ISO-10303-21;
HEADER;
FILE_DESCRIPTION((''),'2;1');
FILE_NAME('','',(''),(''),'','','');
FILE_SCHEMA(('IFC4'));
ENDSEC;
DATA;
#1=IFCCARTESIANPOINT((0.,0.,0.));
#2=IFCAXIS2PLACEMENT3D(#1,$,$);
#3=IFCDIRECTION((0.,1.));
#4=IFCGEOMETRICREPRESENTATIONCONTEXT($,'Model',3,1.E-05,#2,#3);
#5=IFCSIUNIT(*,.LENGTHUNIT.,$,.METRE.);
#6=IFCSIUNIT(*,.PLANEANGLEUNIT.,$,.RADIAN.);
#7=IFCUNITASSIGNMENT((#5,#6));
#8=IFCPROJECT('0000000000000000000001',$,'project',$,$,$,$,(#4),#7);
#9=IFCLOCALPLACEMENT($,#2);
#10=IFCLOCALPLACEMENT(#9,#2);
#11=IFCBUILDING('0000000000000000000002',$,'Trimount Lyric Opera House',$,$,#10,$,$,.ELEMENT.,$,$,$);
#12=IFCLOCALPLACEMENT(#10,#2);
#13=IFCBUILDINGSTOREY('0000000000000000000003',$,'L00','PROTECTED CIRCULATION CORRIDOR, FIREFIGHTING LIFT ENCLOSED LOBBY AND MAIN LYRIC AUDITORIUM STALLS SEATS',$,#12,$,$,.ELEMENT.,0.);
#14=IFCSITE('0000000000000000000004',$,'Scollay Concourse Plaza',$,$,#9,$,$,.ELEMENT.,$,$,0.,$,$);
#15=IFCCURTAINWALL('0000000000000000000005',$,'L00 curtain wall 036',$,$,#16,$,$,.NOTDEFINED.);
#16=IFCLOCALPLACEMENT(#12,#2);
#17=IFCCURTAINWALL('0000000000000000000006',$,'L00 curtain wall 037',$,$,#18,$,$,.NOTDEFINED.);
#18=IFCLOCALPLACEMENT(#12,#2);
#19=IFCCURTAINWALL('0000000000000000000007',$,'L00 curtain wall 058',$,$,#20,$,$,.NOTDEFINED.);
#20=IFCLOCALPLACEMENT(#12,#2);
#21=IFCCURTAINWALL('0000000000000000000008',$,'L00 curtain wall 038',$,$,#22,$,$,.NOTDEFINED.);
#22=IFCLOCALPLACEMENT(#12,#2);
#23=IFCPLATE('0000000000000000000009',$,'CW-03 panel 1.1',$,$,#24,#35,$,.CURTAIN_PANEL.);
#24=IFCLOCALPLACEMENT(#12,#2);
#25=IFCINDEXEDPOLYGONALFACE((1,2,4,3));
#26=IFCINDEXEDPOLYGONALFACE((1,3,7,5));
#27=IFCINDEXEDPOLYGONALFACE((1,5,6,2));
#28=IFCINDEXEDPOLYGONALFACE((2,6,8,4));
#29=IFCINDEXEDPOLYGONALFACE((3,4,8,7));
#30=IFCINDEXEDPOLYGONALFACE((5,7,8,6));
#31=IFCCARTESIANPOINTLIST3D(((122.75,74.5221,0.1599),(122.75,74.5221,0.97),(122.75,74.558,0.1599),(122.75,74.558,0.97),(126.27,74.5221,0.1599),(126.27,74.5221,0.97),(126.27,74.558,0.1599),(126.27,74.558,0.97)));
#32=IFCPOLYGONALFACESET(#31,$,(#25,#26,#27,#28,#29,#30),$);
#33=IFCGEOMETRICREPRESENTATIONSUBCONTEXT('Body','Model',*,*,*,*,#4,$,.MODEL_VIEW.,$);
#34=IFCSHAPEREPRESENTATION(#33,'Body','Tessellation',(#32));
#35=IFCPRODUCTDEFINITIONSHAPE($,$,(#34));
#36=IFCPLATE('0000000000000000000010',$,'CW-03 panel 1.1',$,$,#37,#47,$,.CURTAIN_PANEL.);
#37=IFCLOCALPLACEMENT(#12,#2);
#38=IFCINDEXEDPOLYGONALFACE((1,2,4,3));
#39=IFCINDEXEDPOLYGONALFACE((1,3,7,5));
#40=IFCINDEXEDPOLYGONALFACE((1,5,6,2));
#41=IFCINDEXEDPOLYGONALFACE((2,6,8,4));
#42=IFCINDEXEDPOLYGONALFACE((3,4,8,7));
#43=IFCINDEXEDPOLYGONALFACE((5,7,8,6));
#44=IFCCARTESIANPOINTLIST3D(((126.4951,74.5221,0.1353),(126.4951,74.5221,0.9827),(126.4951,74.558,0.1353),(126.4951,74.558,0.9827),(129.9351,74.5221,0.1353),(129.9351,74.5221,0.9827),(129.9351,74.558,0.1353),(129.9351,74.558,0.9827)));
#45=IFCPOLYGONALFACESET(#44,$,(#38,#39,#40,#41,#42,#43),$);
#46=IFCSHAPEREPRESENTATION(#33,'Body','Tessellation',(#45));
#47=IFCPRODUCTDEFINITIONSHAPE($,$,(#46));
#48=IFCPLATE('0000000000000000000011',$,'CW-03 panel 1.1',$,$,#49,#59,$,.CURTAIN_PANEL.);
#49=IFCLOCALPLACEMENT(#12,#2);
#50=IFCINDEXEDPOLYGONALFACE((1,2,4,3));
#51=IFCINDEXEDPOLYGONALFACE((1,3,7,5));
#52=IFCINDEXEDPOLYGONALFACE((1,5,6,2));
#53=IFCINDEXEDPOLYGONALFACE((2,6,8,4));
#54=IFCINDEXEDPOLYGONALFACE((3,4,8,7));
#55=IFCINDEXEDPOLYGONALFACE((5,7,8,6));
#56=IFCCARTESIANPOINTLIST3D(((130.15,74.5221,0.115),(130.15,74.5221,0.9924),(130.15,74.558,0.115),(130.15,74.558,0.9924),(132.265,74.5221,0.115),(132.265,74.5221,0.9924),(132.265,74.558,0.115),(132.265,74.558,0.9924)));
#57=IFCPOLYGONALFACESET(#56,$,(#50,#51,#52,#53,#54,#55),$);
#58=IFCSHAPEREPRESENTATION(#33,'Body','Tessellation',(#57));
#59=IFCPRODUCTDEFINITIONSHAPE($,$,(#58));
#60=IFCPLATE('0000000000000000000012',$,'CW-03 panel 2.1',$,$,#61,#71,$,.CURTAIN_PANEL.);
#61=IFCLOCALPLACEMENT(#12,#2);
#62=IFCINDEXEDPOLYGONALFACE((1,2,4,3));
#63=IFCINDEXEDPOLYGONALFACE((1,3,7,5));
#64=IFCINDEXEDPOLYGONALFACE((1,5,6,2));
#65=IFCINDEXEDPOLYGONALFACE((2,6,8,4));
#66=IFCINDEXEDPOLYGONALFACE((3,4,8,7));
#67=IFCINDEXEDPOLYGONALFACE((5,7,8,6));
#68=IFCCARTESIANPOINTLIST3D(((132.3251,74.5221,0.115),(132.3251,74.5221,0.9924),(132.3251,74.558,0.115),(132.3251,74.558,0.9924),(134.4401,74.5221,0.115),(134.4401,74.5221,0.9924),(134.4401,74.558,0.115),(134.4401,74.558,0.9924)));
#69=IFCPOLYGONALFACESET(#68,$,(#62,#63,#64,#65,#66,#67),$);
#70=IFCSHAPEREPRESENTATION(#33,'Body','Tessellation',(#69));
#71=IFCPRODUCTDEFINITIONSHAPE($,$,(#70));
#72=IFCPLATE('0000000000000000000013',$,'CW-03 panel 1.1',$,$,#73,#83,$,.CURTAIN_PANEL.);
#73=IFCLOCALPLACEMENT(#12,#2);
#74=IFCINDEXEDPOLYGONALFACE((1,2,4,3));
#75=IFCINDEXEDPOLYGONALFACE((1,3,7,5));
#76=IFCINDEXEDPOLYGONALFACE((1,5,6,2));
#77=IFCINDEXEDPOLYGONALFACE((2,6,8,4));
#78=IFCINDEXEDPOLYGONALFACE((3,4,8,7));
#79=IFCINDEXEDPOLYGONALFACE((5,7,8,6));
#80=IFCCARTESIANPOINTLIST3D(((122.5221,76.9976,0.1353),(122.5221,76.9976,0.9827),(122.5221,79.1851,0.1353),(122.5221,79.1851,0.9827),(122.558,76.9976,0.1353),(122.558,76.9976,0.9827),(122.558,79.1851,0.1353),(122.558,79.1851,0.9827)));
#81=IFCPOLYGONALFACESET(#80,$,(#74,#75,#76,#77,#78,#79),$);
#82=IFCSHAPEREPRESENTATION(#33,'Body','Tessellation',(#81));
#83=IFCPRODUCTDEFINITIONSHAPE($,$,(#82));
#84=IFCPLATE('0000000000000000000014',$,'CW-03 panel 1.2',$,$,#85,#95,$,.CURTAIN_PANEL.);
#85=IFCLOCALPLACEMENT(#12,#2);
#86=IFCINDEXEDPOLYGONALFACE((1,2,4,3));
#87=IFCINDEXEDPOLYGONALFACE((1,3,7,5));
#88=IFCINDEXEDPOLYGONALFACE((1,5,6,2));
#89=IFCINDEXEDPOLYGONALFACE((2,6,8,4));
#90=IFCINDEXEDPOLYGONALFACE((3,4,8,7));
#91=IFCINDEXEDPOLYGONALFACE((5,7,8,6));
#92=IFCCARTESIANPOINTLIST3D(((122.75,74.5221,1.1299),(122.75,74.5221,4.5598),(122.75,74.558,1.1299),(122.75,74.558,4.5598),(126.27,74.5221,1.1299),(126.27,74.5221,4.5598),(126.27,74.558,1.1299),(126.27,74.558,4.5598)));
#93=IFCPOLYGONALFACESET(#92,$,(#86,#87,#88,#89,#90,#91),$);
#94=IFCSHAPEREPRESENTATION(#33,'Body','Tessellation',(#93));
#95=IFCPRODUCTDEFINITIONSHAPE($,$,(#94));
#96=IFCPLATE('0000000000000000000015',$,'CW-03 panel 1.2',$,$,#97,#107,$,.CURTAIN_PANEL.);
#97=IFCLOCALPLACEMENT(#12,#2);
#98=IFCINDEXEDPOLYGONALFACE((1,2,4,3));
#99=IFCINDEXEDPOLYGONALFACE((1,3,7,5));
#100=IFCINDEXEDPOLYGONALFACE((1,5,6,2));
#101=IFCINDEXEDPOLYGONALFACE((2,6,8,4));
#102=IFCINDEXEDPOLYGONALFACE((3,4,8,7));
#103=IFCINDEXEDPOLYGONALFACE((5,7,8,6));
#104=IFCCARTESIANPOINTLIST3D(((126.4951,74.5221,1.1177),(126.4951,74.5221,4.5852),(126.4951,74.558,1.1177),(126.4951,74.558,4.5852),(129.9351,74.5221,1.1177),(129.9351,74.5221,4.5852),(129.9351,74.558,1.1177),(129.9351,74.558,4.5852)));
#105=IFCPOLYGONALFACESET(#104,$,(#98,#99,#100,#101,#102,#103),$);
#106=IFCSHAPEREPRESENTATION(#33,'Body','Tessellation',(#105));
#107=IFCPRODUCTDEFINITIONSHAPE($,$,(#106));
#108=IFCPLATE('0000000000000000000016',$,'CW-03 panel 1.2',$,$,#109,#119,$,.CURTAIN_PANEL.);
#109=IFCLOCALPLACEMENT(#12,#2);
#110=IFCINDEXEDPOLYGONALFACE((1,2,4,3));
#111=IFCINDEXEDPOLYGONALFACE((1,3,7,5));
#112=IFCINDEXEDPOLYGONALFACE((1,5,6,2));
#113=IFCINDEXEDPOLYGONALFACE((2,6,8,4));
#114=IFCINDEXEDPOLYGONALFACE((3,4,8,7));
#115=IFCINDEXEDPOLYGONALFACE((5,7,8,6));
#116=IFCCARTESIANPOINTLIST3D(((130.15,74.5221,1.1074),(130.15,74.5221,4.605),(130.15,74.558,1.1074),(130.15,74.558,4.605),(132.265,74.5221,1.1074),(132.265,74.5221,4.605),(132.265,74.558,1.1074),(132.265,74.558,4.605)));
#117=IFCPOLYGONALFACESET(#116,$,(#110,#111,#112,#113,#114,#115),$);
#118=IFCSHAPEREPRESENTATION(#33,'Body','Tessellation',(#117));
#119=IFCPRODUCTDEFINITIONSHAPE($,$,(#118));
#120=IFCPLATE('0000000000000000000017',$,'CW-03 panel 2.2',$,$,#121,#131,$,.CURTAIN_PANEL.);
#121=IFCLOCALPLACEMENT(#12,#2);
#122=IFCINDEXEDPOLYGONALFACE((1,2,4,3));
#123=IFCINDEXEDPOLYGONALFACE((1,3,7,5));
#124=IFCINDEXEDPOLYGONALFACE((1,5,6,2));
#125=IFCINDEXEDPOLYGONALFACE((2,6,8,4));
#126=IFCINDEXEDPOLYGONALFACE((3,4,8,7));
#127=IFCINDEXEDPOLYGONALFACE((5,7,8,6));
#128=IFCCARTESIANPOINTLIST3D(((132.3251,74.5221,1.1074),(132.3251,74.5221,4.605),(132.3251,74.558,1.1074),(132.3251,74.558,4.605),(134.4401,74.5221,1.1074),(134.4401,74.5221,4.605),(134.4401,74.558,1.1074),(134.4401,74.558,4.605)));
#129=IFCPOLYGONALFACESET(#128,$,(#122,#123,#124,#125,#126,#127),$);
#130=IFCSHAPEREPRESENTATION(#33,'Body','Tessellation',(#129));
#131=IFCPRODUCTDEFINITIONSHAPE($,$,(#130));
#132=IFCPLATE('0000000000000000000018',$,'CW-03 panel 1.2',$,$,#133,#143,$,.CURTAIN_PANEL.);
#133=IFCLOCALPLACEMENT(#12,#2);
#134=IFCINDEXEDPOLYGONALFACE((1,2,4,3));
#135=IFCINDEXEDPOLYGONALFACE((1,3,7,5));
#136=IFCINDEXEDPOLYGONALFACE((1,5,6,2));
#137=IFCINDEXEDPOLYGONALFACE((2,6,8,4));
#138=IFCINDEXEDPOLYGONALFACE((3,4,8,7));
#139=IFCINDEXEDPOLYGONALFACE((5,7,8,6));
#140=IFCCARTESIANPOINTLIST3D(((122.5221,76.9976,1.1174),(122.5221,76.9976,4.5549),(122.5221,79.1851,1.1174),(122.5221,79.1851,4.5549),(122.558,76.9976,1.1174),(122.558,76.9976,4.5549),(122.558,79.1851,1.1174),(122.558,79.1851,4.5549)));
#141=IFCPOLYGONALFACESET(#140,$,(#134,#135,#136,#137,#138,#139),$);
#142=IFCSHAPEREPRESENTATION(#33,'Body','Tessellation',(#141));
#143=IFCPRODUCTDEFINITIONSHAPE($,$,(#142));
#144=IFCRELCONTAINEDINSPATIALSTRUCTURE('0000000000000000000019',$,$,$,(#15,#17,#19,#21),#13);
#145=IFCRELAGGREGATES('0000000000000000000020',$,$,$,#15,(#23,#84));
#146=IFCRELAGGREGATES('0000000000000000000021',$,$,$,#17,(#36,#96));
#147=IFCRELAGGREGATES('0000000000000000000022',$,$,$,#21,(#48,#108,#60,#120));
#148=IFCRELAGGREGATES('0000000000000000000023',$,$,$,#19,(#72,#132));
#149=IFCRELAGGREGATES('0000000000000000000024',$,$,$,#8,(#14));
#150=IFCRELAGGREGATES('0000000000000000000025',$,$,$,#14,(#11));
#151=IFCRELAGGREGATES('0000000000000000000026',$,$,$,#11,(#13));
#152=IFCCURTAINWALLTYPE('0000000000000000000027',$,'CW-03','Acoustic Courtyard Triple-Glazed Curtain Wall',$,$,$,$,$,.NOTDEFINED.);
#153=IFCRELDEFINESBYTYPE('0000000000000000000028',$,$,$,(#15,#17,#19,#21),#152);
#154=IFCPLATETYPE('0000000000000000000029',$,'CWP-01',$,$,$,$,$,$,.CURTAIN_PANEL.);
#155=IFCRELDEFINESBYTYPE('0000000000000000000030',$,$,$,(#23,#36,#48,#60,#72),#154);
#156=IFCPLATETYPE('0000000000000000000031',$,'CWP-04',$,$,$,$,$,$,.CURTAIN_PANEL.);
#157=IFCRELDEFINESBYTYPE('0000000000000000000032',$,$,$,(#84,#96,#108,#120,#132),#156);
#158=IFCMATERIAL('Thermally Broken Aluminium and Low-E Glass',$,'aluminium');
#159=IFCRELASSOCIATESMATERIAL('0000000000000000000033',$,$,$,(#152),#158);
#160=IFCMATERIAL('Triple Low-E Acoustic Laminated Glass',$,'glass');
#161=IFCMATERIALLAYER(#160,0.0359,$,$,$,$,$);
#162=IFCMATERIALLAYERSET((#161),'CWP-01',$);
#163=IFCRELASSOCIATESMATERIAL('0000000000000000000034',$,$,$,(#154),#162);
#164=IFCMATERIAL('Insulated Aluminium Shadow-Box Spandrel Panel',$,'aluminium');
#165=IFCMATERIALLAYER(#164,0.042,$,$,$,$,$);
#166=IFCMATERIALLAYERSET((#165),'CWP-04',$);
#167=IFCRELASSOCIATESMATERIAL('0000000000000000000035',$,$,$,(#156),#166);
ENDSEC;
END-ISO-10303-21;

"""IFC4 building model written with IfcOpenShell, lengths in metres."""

from ifc_helpers import new_model, si_unit, direction, frame, origin, origin_2d, place, context, subcontext, project, spatial, rectangle, extrude, material, layer, layer_set, type_object, element, aggregate, save


model = new_model("IFC4")

# Units and contexts
model_context = context("Model", 3, precision=1e-05, world=origin(), true_north=direction((0.0, 1.0)))
body_context = subcontext(model_context, "Body", "Model", "MODEL_VIEW")
ifc_project = project(units=[si_unit("LENGTHUNIT", "METRE"), si_unit("PLANEANGLEUNIT", "RADIAN")], contexts=[model_context])

# Site, building, storey
site_placement = place(None, origin())
site = spatial("IfcSite", under=ifc_project, at=site_placement, Name="Scollay Concourse Plaza", CompositionType="ELEMENT", RefElevation=0.0)
building_placement = place(site_placement, origin())
building = spatial("IfcBuilding", under=site, at=building_placement, Name="Trimount Lyric Opera House", CompositionType="ELEMENT")
storey_placement = place(building_placement, origin())
storey = spatial("IfcBuildingStorey", under=building, at=storey_placement, Name="L00", Description="PROTECTED CIRCULATION CORRIDOR, FIREFIGHTING LIFT ENCLOSED LOBBY AND MAIN LYRIC AUDITORIUM STALLS SEATS", CompositionType="ELEMENT", Elevation=0.0)

# Curtain wall
ifc_material_1 = material(Name="Thermally Broken Aluminium and Low-E Glass", Category="aluminium")
curtain_wall_type = type_object("IfcCurtainWallType", Name="CW-03", Description="Acoustic Courtyard Triple-Glazed Curtain Wall", PredefinedType="NOTDEFINED", material=ifc_material_1)
curtain_wall_1_placement = place(storey_placement, origin())
curtain_wall_1 = element("IfcCurtainWall", 1, at=curtain_wall_1_placement, inside=storey, type_object=curtain_wall_type, Name="L00 curtain wall 036", PredefinedType="NOTDEFINED")

# Curtain walls
curtain_wall_2_placement = place(storey_placement, origin())
curtain_wall_2 = element("IfcCurtainWall", 2, at=curtain_wall_2_placement, inside=storey, type_object=curtain_wall_type, Name="L00 curtain wall 037", PredefinedType="NOTDEFINED")
curtain_wall_3_placement = place(storey_placement, origin())
curtain_wall_3 = element("IfcCurtainWall", 3, at=curtain_wall_3_placement, inside=storey, type_object=curtain_wall_type, Name="L00 curtain wall 058", PredefinedType="NOTDEFINED")
curtain_wall_4_placement = place(storey_placement, origin())
curtain_wall_4 = element("IfcCurtainWall", 4, at=curtain_wall_4_placement, inside=storey, type_object=curtain_wall_type, Name="L00 curtain wall 038", PredefinedType="NOTDEFINED")

# Plates
ifc_material_2 = material(Name="Triple Low-E Acoustic Laminated Glass", Category="glass")
ifc_layer_1 = layer(ifc_material_2, 0.0359)
ifc_layer_set_1 = layer_set([ifc_layer_1], Name="CWP-01")
plate_type_1 = type_object("IfcPlateType", Name="CWP-01", PredefinedType="CURTAIN_PANEL", material=ifc_layer_set_1)
plate_1_placement = place(storey_placement, frame((124.51, 74.54, 0.1599), z_axis=(0.0, 0.0, 1.0), x_axis=(1.0, 0.0, 0.0)))
plate_1 = element("IfcPlate", 5, at=plate_1_placement, type_object=plate_type_1, Name="CW-03 panel 1.1", PredefinedType="CURTAIN_PANEL", context=body_context, shape_type="SweptSolid", body=[
    extrude(rectangle(XDim=3.52, YDim=0.0359, at=origin_2d()), origin(), (0.0, 0.0, 1.0), 0.8101),
])
plate_2_placement = place(storey_placement, frame((128.2151, 74.54, 0.1353), z_axis=(0.0, 0.0, 1.0), x_axis=(1.0, 0.0, 0.0)))
plate_2 = element("IfcPlate", 6, at=plate_2_placement, type_object=plate_type_1, Name="CW-03 panel 1.1", PredefinedType="CURTAIN_PANEL", context=body_context, shape_type="SweptSolid", body=[
    extrude(rectangle(XDim=3.4399, YDim=0.0359, at=origin_2d()), origin(), (0.0, 0.0, 1.0), 0.8474),
])
plate_3_placement = place(storey_placement, frame((131.2075, 74.54, 0.115), z_axis=(0.0, 0.0, 1.0), x_axis=(1.0, 0.0, 0.0)))
plate_3 = element("IfcPlate", 7, at=plate_3_placement, type_object=plate_type_1, Name="CW-03 panel 1.1", PredefinedType="CURTAIN_PANEL", context=body_context, shape_type="SweptSolid", body=[
    extrude(rectangle(XDim=2.115, YDim=0.0359, at=origin_2d()), origin(), (0.0, 0.0, 1.0), 0.8774),
])
plate_4_placement = place(storey_placement, frame((133.3826, 74.54, 0.115), z_axis=(0.0, 0.0, 1.0), x_axis=(1.0, 0.0, 0.0)))
plate_4 = element("IfcPlate", 8, at=plate_4_placement, type_object=plate_type_1, Name="CW-03 panel 2.1", PredefinedType="CURTAIN_PANEL", context=body_context, shape_type="SweptSolid", body=[
    extrude(rectangle(XDim=2.115, YDim=0.0359, at=origin_2d()), origin(), (0.0, 0.0, 1.0), 0.8774),
])
plate_5_placement = place(storey_placement, frame((122.54, 78.0913, 0.1353), z_axis=(0.0, 0.0, 1.0), x_axis=(0.0, -1.0, 0.0)))
plate_5 = element("IfcPlate", 9, at=plate_5_placement, type_object=plate_type_1, Name="CW-03 panel 1.1", PredefinedType="CURTAIN_PANEL", context=body_context, shape_type="SweptSolid", body=[
    extrude(rectangle(XDim=2.1875, YDim=0.0359, at=origin_2d()), origin(), (0.0, 0.0, 1.0), 0.8474),
])
ifc_material_3 = material(Name="Insulated Aluminium Shadow-Box Spandrel Panel", Category="aluminium")
ifc_layer_2 = layer(ifc_material_3, 0.042)
ifc_layer_set_2 = layer_set([ifc_layer_2], Name="CWP-04")
plate_type_2 = type_object("IfcPlateType", Name="CWP-04", PredefinedType="CURTAIN_PANEL", material=ifc_layer_set_2)
plate_6_placement = place(storey_placement, frame((124.51, 74.54, 1.1299), z_axis=(0.0, 0.0, 1.0), x_axis=(1.0, 0.0, 0.0)))
plate_6 = element("IfcPlate", 10, at=plate_6_placement, type_object=plate_type_2, Name="CW-03 panel 1.2", PredefinedType="CURTAIN_PANEL", context=body_context, shape_type="SweptSolid", body=[
    extrude(rectangle(XDim=3.52, YDim=0.0359, at=origin_2d()), origin(), (0.0, 0.0, 1.0), 3.4299),
])
aggregate(curtain_wall_1, [plate_1, plate_6])
plate_7_placement = place(storey_placement, frame((128.2151, 74.54, 1.1177), z_axis=(0.0, 0.0, 1.0), x_axis=(1.0, 0.0, 0.0)))
plate_7 = element("IfcPlate", 11, at=plate_7_placement, type_object=plate_type_2, Name="CW-03 panel 1.2", PredefinedType="CURTAIN_PANEL", context=body_context, shape_type="SweptSolid", body=[
    extrude(rectangle(XDim=3.4399, YDim=0.0359, at=origin_2d()), origin(), (0.0, 0.0, 1.0), 3.4675),
])
aggregate(curtain_wall_2, [plate_2, plate_7])
plate_8_placement = place(storey_placement, frame((131.2075, 74.54, 1.1074), z_axis=(0.0, 0.0, 1.0), x_axis=(1.0, 0.0, 0.0)))
plate_8 = element("IfcPlate", 12, at=plate_8_placement, type_object=plate_type_2, Name="CW-03 panel 1.2", PredefinedType="CURTAIN_PANEL", context=body_context, shape_type="SweptSolid", body=[
    extrude(rectangle(XDim=2.115, YDim=0.0359, at=origin_2d()), origin(), (0.0, 0.0, 1.0), 3.4976),
])
plate_9_placement = place(storey_placement, frame((133.3826, 74.54, 1.1074), z_axis=(0.0, 0.0, 1.0), x_axis=(1.0, 0.0, 0.0)))
plate_9 = element("IfcPlate", 13, at=plate_9_placement, type_object=plate_type_2, Name="CW-03 panel 2.2", PredefinedType="CURTAIN_PANEL", context=body_context, shape_type="SweptSolid", body=[
    extrude(rectangle(XDim=2.115, YDim=0.0359, at=origin_2d()), origin(), (0.0, 0.0, 1.0), 3.4976),
])
aggregate(curtain_wall_4, [plate_3, plate_8, plate_4, plate_9])
plate_10_placement = place(storey_placement, frame((122.54, 78.0913, 1.1174), z_axis=(0.0, 0.0, 1.0), x_axis=(0.0, -1.0, 0.0)))
plate_10 = element("IfcPlate", 14, at=plate_10_placement, type_object=plate_type_2, Name="CW-03 panel 1.2", PredefinedType="CURTAIN_PANEL", context=body_context, shape_type="SweptSolid", body=[
    extrude(rectangle(XDim=2.1875, YDim=0.0359, at=origin_2d()), origin(), (0.0, 0.0, 1.0), 3.4375),
])
aggregate(curtain_wall_3, [plate_5, plate_10])

save(model, "model.ifc")
